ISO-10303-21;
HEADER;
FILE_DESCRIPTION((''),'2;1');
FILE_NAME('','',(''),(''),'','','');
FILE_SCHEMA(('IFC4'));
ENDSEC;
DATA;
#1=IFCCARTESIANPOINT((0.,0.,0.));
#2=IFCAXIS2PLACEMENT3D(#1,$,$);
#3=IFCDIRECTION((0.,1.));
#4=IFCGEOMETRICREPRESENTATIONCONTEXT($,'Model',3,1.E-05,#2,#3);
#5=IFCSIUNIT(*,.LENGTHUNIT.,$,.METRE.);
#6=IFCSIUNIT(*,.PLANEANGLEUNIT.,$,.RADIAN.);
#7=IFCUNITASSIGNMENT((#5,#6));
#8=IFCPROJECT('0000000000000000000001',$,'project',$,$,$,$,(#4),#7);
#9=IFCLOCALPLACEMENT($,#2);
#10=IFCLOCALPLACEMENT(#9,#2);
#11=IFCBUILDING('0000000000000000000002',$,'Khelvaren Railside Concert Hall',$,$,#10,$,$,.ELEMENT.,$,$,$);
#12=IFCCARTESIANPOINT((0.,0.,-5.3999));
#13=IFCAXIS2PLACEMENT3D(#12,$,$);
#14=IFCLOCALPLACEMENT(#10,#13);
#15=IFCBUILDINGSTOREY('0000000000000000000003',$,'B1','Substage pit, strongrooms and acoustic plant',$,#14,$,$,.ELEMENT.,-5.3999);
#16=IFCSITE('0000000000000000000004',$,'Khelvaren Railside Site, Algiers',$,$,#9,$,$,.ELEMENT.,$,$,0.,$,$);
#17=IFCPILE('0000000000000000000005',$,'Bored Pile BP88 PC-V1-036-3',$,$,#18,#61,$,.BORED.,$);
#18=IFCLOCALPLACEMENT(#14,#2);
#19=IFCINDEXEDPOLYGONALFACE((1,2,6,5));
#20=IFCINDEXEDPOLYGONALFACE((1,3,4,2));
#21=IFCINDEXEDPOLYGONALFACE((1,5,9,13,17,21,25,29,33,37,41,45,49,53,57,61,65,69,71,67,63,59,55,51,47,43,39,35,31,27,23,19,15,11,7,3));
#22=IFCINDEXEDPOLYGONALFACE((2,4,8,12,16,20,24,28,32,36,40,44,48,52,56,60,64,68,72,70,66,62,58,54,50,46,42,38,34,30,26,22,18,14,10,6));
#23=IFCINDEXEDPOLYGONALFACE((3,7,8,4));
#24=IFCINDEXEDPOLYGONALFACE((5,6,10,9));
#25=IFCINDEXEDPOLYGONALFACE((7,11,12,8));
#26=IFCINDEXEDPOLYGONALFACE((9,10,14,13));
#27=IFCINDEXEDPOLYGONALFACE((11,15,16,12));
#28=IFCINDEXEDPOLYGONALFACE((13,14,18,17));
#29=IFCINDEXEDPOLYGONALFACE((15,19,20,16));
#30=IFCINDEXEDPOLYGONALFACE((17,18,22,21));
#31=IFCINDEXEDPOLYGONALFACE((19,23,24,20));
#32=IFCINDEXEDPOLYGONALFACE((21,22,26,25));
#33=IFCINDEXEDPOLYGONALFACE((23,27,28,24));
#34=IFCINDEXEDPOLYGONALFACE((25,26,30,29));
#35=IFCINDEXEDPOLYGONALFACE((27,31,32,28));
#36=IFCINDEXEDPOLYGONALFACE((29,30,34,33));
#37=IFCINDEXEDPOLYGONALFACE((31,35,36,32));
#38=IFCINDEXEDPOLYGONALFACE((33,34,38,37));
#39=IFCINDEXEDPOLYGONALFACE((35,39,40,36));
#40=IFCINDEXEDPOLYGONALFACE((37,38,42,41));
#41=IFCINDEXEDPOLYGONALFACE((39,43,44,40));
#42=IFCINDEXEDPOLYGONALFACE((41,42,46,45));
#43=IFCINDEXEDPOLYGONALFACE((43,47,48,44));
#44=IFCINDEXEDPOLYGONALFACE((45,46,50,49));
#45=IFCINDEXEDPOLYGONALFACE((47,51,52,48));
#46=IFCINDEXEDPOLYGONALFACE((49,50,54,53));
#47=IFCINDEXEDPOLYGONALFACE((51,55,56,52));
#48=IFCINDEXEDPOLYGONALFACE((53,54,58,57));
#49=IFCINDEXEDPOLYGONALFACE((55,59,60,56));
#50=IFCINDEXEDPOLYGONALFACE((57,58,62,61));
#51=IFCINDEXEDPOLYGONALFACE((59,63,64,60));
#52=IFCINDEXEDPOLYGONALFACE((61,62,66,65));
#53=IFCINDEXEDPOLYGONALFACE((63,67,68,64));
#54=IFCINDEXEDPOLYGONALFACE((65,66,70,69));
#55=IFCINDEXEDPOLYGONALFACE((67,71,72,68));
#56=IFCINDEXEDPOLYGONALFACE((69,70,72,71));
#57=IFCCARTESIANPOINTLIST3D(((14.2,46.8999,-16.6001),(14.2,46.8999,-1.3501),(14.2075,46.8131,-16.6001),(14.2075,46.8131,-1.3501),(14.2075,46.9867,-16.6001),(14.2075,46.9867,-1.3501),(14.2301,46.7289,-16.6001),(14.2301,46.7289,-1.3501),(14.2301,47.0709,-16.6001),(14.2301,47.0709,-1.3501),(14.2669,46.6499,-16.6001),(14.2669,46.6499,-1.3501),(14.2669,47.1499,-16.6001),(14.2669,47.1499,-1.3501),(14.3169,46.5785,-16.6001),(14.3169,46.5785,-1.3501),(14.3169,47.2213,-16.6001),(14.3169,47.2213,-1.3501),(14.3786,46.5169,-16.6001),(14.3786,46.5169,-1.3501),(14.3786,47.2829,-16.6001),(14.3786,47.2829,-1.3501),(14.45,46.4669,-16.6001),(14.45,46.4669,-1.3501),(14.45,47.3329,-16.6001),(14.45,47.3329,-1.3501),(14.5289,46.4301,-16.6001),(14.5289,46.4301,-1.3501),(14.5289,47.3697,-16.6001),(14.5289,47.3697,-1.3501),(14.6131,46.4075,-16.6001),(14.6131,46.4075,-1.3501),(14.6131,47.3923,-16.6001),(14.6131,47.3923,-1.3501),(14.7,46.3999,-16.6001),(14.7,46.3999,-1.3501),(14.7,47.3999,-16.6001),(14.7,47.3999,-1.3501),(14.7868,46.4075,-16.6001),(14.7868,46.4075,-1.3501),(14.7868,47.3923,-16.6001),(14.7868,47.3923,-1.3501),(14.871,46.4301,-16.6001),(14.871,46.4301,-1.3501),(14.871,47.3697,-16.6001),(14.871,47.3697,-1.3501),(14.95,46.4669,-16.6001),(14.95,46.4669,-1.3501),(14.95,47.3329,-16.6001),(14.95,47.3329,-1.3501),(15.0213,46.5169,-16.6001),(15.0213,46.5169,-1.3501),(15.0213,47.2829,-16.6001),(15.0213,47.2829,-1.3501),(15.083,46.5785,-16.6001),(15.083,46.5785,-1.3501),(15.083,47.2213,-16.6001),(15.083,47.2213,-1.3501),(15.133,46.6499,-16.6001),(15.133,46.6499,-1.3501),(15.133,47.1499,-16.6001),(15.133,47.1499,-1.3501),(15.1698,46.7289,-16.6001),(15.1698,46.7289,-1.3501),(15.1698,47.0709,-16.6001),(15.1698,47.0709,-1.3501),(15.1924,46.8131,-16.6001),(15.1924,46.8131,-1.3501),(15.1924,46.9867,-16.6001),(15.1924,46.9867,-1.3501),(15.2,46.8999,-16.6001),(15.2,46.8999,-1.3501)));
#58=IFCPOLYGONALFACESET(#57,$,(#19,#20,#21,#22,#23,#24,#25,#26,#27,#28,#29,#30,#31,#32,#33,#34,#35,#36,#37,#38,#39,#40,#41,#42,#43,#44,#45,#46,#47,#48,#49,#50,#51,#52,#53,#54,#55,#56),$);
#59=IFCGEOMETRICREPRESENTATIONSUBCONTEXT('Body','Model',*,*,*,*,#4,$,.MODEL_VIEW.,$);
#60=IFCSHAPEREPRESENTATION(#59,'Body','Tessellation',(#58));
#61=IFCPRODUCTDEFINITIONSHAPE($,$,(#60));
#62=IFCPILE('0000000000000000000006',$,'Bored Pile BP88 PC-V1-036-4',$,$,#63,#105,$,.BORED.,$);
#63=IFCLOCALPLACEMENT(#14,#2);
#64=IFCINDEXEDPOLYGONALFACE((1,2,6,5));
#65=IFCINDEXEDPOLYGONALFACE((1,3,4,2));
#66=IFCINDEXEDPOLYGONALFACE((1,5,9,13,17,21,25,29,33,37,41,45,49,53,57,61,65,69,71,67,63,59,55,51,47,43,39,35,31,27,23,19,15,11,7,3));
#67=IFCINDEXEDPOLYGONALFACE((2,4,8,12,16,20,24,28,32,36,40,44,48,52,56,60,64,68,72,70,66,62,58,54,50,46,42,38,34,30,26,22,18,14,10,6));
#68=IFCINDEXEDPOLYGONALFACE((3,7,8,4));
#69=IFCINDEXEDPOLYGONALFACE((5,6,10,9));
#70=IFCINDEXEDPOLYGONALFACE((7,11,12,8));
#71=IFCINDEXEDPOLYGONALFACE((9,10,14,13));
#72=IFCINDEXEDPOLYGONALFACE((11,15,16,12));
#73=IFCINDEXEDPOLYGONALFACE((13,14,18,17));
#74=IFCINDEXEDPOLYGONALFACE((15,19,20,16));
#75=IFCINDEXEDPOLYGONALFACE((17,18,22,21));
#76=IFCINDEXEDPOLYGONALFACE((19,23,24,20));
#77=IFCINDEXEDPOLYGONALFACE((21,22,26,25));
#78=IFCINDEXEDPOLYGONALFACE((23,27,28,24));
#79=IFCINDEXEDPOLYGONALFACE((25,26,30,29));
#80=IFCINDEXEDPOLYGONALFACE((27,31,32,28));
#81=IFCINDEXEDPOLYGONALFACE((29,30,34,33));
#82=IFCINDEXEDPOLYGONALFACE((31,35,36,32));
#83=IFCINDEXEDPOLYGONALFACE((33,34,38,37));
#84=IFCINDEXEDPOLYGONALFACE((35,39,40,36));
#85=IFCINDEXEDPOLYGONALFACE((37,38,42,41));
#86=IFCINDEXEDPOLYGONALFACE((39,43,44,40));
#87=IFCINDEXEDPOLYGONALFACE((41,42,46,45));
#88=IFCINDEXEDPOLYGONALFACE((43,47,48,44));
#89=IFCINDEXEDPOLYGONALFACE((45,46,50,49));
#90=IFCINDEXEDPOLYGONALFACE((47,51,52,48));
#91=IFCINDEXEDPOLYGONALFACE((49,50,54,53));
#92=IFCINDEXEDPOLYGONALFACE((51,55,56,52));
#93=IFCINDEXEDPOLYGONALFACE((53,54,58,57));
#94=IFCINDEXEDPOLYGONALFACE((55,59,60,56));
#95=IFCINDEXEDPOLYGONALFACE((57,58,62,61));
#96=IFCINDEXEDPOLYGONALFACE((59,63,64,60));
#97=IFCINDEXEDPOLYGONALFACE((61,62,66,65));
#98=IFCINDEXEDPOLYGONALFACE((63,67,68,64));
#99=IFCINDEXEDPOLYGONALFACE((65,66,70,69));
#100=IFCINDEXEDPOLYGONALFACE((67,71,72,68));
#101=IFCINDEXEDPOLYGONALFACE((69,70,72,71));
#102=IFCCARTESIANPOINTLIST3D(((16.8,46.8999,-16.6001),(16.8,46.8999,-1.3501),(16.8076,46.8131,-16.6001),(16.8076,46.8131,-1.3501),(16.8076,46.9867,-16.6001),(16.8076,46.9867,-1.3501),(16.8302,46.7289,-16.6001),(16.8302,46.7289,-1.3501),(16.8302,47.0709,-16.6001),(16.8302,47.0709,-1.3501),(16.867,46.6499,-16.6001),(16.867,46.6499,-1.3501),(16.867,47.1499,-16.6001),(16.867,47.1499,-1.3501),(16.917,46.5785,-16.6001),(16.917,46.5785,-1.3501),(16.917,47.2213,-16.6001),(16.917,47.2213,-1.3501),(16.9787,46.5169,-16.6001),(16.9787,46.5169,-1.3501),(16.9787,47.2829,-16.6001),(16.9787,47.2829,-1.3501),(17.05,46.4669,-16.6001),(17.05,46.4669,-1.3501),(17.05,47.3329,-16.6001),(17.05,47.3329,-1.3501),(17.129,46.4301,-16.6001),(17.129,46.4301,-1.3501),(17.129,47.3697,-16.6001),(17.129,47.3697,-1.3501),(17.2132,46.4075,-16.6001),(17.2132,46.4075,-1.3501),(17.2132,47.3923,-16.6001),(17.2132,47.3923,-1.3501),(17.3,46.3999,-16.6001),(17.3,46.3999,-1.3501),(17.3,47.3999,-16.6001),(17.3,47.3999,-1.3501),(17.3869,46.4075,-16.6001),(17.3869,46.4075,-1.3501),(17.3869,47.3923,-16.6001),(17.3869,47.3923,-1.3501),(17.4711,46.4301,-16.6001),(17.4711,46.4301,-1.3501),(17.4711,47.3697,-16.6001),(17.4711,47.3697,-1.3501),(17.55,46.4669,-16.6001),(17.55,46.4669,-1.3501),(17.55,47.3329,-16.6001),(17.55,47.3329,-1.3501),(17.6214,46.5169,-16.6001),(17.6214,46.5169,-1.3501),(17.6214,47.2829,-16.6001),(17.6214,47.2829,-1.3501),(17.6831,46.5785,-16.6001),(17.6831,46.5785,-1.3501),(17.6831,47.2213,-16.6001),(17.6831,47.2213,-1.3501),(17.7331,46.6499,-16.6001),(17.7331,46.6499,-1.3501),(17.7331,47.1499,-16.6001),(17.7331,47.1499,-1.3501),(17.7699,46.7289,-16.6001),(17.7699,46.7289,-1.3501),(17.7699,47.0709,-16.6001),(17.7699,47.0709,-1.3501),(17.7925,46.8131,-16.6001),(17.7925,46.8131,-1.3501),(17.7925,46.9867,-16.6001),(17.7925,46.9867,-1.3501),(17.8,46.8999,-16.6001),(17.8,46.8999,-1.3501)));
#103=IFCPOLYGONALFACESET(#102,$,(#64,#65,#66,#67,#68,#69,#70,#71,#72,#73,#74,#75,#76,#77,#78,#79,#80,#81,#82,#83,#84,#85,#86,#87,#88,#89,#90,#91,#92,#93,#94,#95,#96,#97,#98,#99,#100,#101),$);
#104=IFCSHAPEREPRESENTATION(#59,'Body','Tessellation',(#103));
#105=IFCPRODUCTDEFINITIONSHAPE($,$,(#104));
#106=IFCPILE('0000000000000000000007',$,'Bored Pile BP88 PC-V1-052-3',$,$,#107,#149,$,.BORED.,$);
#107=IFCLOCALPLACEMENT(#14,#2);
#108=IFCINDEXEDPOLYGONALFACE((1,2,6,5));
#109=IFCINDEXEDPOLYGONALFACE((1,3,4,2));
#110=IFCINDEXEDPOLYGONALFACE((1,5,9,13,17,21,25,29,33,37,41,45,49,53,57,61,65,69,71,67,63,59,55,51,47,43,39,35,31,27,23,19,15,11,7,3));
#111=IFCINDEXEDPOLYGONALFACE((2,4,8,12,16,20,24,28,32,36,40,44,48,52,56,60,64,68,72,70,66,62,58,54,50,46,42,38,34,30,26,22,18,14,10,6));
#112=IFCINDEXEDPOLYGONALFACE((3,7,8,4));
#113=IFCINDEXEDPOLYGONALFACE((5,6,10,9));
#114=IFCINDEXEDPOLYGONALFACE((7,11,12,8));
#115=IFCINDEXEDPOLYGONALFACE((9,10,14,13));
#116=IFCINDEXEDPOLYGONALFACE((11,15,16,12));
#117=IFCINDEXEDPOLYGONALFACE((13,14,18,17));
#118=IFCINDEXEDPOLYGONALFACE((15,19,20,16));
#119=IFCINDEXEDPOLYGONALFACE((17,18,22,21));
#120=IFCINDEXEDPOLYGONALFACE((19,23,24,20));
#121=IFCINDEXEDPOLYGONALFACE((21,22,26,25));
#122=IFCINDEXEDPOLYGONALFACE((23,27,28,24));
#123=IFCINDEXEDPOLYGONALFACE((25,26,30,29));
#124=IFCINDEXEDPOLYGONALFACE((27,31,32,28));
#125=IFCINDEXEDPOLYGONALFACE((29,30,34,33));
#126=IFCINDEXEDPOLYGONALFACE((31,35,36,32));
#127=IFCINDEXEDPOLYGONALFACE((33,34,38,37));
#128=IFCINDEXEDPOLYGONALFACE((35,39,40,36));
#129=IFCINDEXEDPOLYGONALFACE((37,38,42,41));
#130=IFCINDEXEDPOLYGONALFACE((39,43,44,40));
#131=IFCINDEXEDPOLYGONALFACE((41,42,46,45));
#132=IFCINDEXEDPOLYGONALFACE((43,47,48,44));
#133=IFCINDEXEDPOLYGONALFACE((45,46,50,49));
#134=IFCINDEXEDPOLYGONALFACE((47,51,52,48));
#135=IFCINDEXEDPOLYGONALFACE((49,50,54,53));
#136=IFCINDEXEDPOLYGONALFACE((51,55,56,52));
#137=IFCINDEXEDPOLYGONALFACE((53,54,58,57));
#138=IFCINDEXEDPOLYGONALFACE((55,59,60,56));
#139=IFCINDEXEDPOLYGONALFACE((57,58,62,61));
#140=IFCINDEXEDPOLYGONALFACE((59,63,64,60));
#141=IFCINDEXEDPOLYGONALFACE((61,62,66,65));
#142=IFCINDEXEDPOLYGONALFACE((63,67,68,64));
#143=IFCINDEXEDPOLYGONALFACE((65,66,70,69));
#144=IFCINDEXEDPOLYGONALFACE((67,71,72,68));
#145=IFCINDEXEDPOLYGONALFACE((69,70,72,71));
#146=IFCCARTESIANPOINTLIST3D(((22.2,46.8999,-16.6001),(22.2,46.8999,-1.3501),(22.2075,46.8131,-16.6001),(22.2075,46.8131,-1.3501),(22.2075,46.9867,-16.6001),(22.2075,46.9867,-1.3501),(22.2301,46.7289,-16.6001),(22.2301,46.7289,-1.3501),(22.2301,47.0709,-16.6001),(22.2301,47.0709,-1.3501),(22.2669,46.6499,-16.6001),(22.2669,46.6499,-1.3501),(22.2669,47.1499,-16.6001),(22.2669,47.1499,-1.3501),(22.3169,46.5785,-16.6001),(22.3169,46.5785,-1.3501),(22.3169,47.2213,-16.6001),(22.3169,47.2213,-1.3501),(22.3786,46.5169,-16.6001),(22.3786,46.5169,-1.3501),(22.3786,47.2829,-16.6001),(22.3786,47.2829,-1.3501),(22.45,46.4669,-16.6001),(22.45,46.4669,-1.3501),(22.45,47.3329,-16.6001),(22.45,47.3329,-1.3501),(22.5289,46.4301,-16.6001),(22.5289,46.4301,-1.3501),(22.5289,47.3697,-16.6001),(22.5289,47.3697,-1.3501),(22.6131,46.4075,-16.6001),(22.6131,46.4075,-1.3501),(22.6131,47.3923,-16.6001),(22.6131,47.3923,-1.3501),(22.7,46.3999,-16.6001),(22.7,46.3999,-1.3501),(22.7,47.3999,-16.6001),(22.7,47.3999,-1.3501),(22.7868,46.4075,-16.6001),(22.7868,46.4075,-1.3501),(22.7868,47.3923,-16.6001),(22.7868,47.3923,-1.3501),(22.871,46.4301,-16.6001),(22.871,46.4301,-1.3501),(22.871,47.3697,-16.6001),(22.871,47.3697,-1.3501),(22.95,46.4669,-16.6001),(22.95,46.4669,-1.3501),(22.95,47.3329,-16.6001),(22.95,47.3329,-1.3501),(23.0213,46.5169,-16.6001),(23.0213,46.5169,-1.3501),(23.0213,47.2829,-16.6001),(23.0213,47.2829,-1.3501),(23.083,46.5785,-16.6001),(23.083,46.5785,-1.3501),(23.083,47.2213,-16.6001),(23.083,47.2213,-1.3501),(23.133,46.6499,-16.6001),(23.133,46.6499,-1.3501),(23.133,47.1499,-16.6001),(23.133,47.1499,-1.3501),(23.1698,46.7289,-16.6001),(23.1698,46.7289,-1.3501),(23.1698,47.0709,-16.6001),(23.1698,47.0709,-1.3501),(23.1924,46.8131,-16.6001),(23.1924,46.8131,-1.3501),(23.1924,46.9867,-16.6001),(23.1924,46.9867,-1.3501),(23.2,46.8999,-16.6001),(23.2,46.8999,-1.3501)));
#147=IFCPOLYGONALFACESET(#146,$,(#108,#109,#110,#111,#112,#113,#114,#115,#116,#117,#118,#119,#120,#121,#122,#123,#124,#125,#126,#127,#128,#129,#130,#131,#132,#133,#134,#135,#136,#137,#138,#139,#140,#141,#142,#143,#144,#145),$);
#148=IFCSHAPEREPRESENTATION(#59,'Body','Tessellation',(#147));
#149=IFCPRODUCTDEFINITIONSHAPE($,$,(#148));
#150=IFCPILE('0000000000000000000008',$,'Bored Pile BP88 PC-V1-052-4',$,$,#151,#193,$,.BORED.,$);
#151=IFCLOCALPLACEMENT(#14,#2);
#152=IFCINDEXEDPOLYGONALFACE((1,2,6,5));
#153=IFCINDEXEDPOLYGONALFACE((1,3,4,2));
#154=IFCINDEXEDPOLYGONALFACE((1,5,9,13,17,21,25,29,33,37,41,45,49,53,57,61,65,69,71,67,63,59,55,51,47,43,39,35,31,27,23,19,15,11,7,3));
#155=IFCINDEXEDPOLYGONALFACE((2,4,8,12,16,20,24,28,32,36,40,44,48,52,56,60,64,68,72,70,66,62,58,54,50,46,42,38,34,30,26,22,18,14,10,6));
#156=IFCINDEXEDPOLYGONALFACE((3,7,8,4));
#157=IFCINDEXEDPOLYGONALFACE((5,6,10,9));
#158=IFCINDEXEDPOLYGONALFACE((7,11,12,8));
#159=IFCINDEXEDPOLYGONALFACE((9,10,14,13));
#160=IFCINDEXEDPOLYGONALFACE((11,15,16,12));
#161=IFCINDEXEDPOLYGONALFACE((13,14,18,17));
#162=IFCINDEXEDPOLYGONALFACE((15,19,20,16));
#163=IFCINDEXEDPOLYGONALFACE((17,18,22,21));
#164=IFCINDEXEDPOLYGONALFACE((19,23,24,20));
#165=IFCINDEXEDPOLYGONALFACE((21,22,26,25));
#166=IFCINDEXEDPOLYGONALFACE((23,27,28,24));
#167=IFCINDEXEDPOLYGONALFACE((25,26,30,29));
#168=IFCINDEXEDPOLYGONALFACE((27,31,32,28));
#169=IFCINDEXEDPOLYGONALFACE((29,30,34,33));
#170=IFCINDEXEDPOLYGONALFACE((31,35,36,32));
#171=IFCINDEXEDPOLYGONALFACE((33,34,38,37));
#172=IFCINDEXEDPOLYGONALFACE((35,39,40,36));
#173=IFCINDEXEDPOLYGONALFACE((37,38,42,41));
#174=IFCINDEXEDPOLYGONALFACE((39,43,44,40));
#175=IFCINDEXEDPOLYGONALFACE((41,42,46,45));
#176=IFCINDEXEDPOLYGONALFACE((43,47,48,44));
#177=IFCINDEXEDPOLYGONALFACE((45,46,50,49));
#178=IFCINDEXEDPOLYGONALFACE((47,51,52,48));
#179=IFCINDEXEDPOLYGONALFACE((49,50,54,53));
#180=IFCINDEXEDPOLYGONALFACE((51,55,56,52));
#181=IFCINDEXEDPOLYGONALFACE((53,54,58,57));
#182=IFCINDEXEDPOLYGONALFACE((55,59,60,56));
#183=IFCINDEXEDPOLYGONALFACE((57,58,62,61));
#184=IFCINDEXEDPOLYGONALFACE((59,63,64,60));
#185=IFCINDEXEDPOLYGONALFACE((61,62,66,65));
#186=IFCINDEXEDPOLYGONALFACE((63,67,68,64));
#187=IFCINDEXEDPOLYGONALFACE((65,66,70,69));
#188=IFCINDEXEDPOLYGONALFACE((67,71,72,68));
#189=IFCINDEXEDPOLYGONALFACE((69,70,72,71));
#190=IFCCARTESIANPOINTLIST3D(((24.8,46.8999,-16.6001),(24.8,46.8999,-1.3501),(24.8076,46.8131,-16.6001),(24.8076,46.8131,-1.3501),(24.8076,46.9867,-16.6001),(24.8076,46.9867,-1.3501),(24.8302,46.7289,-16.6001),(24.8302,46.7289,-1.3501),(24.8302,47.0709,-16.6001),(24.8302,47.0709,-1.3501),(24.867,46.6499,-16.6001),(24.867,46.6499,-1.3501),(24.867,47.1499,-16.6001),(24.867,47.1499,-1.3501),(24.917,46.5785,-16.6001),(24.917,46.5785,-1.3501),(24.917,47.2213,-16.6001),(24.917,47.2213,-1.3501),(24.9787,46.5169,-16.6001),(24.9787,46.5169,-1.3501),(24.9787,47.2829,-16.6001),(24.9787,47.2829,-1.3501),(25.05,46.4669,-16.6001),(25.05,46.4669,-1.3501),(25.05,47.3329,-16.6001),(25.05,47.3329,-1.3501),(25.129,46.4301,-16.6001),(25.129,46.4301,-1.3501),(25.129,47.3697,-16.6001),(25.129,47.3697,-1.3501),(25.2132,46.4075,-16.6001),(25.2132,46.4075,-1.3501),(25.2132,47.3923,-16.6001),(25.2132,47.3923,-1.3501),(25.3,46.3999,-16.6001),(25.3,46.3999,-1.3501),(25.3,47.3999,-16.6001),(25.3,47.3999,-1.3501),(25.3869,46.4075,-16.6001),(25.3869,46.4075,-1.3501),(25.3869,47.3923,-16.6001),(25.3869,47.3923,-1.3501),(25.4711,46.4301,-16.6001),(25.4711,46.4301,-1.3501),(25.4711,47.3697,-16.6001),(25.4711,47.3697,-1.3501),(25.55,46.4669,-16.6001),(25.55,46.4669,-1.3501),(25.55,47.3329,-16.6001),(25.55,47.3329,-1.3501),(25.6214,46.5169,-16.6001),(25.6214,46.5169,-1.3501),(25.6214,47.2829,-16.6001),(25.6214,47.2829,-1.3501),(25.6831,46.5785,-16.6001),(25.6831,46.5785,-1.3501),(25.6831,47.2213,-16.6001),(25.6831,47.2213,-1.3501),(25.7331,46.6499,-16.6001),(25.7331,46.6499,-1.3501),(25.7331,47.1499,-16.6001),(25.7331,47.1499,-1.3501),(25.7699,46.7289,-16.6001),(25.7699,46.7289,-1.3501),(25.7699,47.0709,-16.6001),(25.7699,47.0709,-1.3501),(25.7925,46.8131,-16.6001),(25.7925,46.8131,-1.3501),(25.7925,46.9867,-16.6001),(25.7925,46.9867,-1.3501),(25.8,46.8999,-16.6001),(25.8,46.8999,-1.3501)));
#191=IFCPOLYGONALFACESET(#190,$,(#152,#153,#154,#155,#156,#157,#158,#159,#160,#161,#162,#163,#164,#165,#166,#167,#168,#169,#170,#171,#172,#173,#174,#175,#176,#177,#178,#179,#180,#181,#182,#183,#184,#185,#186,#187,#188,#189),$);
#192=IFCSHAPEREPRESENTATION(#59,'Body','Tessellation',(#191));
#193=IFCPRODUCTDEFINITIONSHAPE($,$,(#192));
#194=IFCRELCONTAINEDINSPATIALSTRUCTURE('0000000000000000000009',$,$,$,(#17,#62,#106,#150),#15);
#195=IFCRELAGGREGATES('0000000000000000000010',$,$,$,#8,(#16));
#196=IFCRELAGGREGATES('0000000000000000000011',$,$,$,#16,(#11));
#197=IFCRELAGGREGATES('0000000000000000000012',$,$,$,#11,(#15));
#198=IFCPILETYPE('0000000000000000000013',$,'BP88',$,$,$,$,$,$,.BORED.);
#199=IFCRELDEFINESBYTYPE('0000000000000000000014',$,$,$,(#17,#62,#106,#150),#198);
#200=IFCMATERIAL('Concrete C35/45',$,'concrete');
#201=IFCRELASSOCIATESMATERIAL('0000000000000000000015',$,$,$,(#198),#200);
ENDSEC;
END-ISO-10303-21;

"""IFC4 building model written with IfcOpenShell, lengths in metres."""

from ifc_helpers import new_model, si_unit, direction, frame, origin, origin_2d, place, context, subcontext, project, spatial, circle, extrude, material, material_profile, profile_set, type_object, element, save


model = new_model("IFC4")

# Units and contexts
model_context = context("Model", 3, precision=1e-05, world=origin(), true_north=direction((0.0, 1.0)))
body_context = subcontext(model_context, "Body", "Model", "MODEL_VIEW")
ifc_project = project(units=[si_unit("LENGTHUNIT", "METRE"), si_unit("PLANEANGLEUNIT", "RADIAN")], contexts=[model_context])

# Site, building, storey
site_placement = place(None, origin())
site = spatial("IfcSite", under=ifc_project, at=site_placement, Name="Khelvaren Railside Site, Algiers", CompositionType="ELEMENT", RefElevation=0.0)
building_placement = place(site_placement, origin())
building = spatial("IfcBuilding", under=site, at=building_placement, Name="Khelvaren Railside Concert Hall", CompositionType="ELEMENT")
storey_placement = place(building_placement, frame((0.0, 0.0, -5.3999)))
storey = spatial("IfcBuildingStorey", under=building, at=storey_placement, Name="B1", Description="Substage pit, strongrooms and acoustic plant", CompositionType="ELEMENT", Elevation=-5.3999)

# Piles
ifc_material_1 = material(Name="Concrete C35/45", Category="concrete")
ifc_material_profile_1 = material_profile(ifc_material_1, circle(Radius=0.5, at=origin_2d()), Name="BP D1000")
ifc_profile_set_1 = profile_set([ifc_material_profile_1], Name="Concrete C35/45")
pile_type_1 = type_object("IfcPileType", Name="BP88", PredefinedType="BORED", material=ifc_profile_set_1)
for number, where, z_axis, x_axis, name in (
    (1, (14.7, 46.8999, -1.3501), (0.0, 0.0, -1.0), (1.0, 0.0, 0.0), "Bored Pile BP88 PC-V1-036-3"),
    (2, (17.3, 46.8999, -1.3501), (0.0, 0.0, -1.0), (1.0, 0.0, 0.0), "Bored Pile BP88 PC-V1-036-4"),
    (3, (22.7, 46.8999, -1.3501), (0.0, 0.0, -1.0), (1.0, 0.0, 0.0), "Bored Pile BP88 PC-V1-052-3"),
    (4, (25.3, 46.8999, -1.3501), (0.0, 0.0, -1.0), (1.0, 0.0, 0.0), "Bored Pile BP88 PC-V1-052-4"),
):
    element("IfcPile", number, at=place(storey_placement, frame(where, z_axis=z_axis, x_axis=x_axis)), inside=storey, type_object=pile_type_1, Name=name, PredefinedType="BORED", context=body_context, shape_type="SweptSolid", body=[
        extrude(circle(Radius=0.5, at=origin_2d()), origin(), (0.0, 0.0, 1.0), 15.25),
    ])

save(model, "model.ifc")
